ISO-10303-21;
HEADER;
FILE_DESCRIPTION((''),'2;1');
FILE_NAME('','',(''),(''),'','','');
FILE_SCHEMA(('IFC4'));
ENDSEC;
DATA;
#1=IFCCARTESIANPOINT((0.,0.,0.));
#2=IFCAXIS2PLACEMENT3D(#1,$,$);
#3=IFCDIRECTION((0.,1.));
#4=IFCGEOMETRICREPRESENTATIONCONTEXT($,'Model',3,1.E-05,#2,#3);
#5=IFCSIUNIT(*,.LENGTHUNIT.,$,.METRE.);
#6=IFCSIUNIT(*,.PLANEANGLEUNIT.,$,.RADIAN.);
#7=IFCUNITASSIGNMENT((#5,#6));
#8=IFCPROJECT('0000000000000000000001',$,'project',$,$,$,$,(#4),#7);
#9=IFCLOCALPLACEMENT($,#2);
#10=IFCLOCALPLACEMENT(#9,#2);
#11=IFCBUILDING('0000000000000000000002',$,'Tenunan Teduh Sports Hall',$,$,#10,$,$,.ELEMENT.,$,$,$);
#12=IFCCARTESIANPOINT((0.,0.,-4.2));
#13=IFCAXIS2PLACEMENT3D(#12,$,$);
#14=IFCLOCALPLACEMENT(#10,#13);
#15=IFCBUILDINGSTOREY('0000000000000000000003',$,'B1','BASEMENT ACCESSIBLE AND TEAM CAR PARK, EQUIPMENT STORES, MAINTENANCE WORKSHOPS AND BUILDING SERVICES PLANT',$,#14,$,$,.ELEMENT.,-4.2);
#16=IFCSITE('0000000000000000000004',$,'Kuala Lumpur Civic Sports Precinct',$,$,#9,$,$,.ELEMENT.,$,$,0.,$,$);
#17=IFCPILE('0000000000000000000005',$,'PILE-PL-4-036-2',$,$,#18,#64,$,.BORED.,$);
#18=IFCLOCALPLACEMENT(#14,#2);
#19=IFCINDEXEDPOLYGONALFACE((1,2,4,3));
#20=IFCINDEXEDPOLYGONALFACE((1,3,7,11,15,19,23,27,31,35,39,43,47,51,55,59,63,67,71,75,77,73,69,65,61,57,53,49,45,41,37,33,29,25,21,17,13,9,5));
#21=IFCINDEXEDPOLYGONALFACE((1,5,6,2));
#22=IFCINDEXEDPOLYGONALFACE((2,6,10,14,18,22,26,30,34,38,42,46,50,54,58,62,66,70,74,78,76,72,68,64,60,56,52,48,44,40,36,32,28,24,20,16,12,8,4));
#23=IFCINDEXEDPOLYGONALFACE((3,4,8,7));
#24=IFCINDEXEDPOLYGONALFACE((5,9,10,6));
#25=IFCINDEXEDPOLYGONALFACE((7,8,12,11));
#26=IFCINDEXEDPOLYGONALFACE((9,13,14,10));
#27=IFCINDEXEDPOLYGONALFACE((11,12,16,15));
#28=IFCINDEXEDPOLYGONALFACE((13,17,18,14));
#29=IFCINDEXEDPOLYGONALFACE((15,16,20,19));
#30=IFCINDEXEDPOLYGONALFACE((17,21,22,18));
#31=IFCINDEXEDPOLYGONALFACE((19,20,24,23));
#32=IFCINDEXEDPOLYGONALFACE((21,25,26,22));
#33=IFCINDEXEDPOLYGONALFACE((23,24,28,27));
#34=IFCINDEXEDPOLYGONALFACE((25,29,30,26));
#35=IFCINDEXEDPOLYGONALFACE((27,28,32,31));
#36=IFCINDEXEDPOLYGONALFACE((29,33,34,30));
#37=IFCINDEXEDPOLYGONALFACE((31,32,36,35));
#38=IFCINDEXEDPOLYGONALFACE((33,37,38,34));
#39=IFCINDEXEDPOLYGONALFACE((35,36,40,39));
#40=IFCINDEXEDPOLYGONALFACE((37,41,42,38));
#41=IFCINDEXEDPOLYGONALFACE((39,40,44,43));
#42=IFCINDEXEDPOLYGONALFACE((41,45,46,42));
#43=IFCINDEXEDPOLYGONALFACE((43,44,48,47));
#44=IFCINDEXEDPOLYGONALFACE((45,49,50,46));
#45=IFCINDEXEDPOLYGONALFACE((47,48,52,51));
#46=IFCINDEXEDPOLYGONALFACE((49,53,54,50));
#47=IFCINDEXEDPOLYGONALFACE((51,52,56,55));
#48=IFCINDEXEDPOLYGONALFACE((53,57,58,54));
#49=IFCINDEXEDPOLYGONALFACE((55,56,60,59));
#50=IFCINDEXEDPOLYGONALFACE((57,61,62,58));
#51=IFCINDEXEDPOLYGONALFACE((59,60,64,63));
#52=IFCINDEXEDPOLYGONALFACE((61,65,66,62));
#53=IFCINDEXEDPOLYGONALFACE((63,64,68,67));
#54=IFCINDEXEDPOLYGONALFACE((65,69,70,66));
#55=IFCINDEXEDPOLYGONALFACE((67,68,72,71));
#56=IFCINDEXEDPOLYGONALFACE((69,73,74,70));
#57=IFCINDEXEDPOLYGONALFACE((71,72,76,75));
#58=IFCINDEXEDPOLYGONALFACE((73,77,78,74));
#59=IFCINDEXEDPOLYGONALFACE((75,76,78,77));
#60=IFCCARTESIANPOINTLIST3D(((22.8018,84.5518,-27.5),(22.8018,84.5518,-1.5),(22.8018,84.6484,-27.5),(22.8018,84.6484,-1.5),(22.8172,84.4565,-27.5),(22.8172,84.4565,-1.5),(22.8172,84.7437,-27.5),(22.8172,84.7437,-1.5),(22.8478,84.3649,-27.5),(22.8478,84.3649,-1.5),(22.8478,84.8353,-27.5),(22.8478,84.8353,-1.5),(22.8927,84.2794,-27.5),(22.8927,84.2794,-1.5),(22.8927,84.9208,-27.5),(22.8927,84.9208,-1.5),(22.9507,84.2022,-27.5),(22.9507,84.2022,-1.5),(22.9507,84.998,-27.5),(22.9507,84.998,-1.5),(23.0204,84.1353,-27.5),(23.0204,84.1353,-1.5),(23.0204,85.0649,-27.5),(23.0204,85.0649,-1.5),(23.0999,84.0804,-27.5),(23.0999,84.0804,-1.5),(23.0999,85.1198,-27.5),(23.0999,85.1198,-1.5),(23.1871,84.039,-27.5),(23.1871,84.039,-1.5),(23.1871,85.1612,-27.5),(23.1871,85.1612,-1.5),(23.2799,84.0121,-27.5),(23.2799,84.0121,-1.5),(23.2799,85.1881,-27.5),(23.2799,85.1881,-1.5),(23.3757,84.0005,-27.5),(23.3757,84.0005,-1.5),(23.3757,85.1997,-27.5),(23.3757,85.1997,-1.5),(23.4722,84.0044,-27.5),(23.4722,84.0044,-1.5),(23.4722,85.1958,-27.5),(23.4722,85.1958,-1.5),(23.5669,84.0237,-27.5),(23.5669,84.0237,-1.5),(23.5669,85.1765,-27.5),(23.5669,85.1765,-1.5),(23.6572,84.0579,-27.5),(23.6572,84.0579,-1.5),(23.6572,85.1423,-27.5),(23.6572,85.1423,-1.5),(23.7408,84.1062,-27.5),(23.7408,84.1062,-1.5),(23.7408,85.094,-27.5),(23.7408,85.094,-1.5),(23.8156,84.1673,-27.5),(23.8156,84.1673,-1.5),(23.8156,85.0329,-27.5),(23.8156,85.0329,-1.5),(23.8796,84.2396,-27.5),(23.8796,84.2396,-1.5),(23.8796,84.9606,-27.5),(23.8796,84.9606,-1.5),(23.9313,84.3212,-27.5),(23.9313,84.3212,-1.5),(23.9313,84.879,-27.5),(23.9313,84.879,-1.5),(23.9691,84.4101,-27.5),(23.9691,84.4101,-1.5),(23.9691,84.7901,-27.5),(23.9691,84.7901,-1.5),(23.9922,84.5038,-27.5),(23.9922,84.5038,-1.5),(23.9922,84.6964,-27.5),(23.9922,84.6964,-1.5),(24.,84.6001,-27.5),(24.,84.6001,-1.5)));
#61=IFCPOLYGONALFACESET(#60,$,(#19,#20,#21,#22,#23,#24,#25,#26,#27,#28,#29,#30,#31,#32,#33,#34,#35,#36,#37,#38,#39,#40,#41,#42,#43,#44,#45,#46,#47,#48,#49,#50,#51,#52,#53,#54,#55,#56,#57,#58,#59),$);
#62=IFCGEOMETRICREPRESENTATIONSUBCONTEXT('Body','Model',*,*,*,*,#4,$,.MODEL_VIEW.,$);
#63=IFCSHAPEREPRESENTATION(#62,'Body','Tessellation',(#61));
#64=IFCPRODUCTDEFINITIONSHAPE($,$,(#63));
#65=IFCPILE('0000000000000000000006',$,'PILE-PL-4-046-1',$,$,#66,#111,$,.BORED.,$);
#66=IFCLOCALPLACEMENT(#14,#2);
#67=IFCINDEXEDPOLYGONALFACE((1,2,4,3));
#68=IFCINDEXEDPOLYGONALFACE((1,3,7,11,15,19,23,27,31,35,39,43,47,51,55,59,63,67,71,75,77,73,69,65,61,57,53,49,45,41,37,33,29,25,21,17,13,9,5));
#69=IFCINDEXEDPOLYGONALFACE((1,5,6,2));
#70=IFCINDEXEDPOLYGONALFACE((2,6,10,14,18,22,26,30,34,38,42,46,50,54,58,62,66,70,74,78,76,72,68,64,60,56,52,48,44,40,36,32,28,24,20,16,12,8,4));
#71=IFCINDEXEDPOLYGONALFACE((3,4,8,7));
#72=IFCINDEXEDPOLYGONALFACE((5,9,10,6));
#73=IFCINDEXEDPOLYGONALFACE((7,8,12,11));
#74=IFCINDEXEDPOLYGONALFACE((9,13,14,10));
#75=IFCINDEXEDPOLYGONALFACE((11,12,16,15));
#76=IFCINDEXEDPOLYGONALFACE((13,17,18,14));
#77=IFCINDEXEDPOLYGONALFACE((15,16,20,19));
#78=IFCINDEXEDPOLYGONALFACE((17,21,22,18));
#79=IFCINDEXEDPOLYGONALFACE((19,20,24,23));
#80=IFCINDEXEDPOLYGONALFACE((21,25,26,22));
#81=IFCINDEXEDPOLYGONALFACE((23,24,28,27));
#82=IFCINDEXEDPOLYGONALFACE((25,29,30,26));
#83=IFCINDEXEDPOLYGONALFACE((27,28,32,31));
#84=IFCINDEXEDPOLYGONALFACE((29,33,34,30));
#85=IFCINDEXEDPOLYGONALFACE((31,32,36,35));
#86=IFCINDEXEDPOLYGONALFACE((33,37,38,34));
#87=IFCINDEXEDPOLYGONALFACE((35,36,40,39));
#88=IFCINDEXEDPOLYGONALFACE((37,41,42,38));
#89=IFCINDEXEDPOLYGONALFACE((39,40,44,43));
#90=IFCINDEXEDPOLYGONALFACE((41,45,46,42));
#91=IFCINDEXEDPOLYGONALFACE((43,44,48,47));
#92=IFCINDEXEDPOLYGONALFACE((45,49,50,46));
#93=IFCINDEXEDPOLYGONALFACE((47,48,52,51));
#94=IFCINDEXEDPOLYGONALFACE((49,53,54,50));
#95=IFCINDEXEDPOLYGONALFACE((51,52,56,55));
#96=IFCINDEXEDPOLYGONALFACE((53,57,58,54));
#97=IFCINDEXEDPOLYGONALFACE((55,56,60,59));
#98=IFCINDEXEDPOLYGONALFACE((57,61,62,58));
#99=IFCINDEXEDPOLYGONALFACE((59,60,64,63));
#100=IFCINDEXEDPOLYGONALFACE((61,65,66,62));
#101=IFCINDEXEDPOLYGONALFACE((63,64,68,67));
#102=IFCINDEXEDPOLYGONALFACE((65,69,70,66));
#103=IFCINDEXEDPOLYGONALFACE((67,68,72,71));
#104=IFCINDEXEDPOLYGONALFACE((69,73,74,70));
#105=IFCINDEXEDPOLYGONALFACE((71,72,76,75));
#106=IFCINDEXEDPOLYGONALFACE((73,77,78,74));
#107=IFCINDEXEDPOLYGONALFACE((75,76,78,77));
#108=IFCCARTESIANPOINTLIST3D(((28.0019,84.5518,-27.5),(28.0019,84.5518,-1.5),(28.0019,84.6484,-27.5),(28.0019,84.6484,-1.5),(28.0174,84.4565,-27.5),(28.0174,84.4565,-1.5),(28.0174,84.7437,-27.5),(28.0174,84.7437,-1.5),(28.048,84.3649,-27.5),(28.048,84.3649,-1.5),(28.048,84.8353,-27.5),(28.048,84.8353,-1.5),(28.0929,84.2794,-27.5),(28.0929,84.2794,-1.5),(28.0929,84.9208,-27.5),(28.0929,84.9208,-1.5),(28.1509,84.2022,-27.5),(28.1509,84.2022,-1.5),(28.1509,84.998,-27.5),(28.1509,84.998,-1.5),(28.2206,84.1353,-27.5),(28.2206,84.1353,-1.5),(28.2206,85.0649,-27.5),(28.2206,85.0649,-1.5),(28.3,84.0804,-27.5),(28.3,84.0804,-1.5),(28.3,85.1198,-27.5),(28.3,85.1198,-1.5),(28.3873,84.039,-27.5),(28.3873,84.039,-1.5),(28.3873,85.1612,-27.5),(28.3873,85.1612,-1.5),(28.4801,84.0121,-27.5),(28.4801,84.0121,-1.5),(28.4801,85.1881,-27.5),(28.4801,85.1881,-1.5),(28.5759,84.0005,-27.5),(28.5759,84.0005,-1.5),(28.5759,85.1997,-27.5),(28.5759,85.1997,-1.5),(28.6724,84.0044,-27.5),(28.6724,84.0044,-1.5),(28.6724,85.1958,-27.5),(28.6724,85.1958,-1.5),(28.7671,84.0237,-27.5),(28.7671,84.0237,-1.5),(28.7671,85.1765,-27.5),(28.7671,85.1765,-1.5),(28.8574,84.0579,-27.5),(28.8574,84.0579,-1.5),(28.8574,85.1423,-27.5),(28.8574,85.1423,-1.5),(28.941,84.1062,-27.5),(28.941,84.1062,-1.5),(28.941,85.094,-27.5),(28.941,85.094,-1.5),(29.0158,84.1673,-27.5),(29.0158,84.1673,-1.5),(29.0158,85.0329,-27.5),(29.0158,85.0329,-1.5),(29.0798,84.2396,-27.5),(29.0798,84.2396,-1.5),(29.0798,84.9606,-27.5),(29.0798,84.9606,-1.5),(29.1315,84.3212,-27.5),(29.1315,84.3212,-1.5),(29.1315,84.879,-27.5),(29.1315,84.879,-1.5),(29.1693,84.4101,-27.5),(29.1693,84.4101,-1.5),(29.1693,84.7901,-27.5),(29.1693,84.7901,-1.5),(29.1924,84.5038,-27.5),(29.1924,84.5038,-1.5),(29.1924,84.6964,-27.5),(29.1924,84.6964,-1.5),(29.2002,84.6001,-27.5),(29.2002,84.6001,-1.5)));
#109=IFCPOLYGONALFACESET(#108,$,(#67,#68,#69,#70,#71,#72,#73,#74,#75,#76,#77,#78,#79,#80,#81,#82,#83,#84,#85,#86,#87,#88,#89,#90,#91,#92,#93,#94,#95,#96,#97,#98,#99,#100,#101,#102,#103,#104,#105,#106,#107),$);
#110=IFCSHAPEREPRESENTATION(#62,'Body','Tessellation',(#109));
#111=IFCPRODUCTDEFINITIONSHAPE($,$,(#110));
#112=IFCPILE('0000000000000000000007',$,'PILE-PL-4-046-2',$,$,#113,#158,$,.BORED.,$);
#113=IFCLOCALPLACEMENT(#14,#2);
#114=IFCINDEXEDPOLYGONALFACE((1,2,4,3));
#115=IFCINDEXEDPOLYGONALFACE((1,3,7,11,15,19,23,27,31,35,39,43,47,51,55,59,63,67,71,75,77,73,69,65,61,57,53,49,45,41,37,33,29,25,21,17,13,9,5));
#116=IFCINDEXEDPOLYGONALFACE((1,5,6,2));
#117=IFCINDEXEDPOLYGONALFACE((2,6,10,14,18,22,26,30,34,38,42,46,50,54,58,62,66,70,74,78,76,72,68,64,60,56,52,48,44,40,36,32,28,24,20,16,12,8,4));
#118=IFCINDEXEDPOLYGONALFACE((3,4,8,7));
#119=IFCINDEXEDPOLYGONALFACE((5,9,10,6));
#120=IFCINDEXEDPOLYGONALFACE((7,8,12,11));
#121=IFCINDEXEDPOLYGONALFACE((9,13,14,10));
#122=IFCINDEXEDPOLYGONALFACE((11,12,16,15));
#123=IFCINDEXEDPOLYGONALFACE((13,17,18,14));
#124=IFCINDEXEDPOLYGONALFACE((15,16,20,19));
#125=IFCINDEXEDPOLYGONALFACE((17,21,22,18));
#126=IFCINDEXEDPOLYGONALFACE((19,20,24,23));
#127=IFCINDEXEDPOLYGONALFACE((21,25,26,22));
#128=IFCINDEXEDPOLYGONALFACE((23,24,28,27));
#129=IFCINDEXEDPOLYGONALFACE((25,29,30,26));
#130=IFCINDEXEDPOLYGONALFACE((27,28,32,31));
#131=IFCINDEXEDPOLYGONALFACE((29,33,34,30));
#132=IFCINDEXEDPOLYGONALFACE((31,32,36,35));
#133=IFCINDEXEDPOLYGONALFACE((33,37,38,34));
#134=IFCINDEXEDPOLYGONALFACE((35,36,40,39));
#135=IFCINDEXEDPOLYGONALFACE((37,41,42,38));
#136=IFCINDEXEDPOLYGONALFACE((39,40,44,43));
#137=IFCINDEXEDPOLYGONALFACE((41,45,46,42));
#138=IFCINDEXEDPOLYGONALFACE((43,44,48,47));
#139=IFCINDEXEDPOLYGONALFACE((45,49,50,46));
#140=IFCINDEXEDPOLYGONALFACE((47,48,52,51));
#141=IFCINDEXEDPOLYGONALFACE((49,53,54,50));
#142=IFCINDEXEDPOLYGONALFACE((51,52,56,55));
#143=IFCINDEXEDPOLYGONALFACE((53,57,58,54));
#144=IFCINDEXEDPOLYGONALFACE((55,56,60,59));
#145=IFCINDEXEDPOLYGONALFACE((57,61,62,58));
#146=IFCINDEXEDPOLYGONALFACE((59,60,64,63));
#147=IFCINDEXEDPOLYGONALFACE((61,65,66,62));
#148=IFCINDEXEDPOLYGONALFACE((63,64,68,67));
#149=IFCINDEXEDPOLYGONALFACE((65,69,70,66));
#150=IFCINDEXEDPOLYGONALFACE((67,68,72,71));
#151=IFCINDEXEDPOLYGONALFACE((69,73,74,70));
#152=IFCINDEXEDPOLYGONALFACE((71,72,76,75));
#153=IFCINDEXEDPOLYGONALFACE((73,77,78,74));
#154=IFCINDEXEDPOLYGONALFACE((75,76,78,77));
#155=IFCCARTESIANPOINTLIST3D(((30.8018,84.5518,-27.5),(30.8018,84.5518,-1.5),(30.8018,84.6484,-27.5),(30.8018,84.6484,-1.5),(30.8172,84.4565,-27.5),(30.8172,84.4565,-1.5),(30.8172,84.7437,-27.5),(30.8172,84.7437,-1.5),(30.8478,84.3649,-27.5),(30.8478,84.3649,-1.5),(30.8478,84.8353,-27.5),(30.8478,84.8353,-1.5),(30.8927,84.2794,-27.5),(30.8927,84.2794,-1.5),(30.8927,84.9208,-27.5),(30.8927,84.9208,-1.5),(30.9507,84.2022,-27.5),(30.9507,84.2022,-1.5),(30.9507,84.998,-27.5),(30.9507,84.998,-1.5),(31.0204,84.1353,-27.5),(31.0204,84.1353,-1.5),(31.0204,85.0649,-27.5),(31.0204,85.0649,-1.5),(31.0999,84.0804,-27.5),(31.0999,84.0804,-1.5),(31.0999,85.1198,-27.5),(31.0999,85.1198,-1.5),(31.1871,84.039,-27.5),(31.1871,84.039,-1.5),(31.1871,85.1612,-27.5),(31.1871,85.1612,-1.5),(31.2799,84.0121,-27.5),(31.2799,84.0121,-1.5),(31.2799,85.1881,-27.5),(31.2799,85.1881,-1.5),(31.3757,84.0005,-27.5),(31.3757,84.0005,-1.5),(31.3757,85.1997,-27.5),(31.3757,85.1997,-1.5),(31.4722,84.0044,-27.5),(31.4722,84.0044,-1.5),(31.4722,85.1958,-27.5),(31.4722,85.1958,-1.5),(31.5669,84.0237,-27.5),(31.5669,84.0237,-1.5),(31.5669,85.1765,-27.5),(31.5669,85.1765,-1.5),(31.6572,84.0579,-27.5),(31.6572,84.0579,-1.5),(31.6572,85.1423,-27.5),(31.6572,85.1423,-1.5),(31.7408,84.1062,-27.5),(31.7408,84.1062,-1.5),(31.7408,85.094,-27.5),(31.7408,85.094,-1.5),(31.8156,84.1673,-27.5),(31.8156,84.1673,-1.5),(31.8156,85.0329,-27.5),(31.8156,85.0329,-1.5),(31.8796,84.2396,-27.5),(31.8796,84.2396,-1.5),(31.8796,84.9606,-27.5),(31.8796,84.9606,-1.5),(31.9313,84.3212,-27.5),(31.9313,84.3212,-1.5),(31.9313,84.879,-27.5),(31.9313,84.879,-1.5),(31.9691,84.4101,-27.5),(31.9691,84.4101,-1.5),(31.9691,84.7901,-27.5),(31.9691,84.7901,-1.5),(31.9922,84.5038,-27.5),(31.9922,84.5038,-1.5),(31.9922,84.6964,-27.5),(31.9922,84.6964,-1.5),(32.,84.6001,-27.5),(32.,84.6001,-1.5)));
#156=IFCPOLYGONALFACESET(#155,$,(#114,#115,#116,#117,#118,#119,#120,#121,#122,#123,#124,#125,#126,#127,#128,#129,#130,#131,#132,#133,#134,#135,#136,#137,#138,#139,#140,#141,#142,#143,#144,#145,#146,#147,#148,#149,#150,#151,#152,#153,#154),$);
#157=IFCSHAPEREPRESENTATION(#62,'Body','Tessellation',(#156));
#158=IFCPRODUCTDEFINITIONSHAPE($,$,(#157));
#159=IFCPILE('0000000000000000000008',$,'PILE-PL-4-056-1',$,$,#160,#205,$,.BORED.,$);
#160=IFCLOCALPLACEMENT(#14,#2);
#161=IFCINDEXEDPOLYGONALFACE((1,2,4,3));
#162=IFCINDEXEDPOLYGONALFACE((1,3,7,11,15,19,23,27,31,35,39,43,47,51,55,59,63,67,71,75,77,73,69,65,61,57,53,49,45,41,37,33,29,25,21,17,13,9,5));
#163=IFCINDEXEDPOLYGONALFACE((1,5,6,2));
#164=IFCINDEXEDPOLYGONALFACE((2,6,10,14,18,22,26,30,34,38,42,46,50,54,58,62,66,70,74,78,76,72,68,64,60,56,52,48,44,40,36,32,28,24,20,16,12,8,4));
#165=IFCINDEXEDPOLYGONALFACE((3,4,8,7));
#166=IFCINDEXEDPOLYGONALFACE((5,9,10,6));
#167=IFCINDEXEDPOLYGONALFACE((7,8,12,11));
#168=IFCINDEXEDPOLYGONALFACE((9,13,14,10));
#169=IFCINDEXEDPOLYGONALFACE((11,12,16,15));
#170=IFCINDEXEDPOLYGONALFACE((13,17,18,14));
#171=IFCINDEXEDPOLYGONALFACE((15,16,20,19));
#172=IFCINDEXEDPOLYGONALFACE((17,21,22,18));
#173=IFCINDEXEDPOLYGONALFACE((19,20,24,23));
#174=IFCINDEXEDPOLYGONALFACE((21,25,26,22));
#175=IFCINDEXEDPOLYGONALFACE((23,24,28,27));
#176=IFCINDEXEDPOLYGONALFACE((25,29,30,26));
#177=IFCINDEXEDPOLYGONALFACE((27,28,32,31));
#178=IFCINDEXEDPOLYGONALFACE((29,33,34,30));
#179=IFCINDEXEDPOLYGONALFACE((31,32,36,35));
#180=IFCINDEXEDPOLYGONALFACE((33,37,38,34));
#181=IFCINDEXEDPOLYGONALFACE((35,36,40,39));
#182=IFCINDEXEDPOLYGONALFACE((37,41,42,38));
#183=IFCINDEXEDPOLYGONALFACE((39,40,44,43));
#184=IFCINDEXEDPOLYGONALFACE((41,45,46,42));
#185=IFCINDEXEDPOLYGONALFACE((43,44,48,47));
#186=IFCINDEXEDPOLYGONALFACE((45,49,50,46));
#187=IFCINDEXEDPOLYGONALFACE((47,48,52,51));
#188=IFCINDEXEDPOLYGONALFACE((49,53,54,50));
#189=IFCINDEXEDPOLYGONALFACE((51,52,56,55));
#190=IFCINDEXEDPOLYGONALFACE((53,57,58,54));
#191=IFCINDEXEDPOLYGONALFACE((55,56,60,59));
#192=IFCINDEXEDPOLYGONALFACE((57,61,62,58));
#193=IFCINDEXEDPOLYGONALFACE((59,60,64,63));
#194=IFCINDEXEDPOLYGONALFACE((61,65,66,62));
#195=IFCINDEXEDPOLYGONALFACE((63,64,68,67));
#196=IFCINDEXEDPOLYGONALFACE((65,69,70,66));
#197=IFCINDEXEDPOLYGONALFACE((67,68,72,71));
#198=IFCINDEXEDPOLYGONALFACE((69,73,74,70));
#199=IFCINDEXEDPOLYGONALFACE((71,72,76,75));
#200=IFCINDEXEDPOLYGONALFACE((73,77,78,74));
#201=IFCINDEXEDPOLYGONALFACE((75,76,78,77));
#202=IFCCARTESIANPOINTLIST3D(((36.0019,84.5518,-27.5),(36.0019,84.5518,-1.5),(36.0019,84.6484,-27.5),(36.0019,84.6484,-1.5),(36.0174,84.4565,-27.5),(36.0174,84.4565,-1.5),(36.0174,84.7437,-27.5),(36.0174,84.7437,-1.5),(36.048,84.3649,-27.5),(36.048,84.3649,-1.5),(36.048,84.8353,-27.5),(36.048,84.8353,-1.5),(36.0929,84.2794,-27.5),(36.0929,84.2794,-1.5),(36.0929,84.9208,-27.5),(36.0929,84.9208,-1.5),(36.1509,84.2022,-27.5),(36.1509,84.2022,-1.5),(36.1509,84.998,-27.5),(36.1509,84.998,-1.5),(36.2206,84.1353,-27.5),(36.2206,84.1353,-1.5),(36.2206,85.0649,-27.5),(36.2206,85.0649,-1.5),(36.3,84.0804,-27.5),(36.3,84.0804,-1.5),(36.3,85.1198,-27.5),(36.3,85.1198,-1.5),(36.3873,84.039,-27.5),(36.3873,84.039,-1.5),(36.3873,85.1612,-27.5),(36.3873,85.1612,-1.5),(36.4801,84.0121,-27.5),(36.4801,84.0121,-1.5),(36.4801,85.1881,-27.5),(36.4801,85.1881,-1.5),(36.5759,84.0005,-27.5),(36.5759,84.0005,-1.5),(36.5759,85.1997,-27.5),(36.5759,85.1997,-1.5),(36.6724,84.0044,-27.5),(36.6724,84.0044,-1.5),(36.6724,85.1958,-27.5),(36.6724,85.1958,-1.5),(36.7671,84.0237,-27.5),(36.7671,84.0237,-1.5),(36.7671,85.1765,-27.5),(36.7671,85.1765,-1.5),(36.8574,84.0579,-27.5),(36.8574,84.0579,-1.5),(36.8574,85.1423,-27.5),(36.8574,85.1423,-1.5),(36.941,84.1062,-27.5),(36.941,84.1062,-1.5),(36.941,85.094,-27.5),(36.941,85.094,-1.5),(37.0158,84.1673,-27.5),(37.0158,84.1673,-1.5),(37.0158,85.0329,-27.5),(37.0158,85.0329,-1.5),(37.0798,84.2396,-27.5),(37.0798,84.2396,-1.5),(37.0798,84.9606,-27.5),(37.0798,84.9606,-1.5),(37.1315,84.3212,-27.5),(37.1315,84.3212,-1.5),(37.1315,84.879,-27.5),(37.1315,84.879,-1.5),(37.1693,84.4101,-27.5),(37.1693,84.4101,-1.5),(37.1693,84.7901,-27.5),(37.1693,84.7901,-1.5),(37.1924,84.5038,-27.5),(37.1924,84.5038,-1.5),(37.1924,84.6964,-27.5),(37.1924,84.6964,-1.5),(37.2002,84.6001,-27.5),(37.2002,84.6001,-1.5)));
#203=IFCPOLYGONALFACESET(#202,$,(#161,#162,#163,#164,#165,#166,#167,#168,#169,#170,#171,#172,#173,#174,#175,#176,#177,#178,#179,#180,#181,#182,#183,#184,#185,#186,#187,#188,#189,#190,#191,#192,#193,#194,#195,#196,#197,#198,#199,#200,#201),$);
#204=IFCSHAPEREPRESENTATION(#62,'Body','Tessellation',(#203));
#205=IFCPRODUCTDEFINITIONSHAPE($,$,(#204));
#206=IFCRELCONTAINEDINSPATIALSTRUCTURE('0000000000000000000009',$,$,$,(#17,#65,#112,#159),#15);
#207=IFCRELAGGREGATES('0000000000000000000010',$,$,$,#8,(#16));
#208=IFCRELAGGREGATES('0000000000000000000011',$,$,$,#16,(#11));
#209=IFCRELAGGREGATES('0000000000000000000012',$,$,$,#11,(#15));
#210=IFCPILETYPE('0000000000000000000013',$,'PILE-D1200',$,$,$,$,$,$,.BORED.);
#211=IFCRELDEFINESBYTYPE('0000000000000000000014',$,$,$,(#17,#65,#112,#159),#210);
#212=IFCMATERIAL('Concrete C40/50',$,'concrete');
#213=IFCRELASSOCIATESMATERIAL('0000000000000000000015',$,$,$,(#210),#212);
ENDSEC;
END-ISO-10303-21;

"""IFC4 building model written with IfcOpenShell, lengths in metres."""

from ifc_helpers import new_model, si_unit, direction, frame, origin, origin_2d, place, context, subcontext, project, spatial, circle, extrude, material, material_profile, profile_set, type_object, element, save


model = new_model("IFC4")

# Units and contexts
model_context = context("Model", 3, precision=1e-05, world=origin(), true_north=direction((0.0, 1.0)))
body_context = subcontext(model_context, "Body", "Model", "MODEL_VIEW")
ifc_project = project(units=[si_unit("LENGTHUNIT", "METRE"), si_unit("PLANEANGLEUNIT", "RADIAN")], contexts=[model_context])

# Site, building, storey
site_placement = place(None, origin())
site = spatial("IfcSite", under=ifc_project, at=site_placement, Name="Kuala Lumpur Civic Sports Precinct", CompositionType="ELEMENT", RefElevation=0.0)
building_placement = place(site_placement, origin())
building = spatial("IfcBuilding", under=site, at=building_placement, Name="Tenunan Teduh Sports Hall", CompositionType="ELEMENT")
storey_placement = place(building_placement, frame((0.0, 0.0, -4.2)))
storey = spatial("IfcBuildingStorey", under=building, at=storey_placement, Name="B1", Description="BASEMENT ACCESSIBLE AND TEAM CAR PARK, EQUIPMENT STORES, MAINTENANCE WORKSHOPS AND BUILDING SERVICES PLANT", CompositionType="ELEMENT", Elevation=-4.2)

# Piles
ifc_material_1 = material(Name="Concrete C40/50", Category="concrete")
ifc_material_profile_1 = material_profile(ifc_material_1, circle(Radius=0.6001, at=origin_2d()), Name="PILE D1200")
ifc_profile_set_1 = profile_set([ifc_material_profile_1], Name="Concrete C40/50")
pile_type_1 = type_object("IfcPileType", Name="PILE-D1200", PredefinedType="BORED", material=ifc_profile_set_1)
for number, where, z_axis, x_axis, name in (
    (1, (23.3999, 84.6001, -1.5), (0.0, 0.0, -1.0), (1.0, 0.0, 0.0), "PILE-PL-4-036-2"),
    (2, (28.6001, 84.6001, -1.5), (0.0, 0.0, -1.0), (1.0, 0.0, 0.0), "PILE-PL-4-046-1"),
    (3, (31.3999, 84.6001, -1.5), (0.0, 0.0, -1.0), (1.0, 0.0, 0.0), "PILE-PL-4-046-2"),
    (4, (36.6001, 84.6001, -1.5), (0.0, 0.0, -1.0), (1.0, 0.0, 0.0), "PILE-PL-4-056-1"),
):
    element("IfcPile", number, at=place(storey_placement, frame(where, z_axis=z_axis, x_axis=x_axis)), inside=storey, type_object=pile_type_1, Name=name, PredefinedType="BORED", context=body_context, shape_type="SweptSolid", body=[
        extrude(circle(Radius=0.6001, at=origin_2d()), origin(), (0.0, 0.0, 1.0), 26.0),
    ])

save(model, "model.ifc")
